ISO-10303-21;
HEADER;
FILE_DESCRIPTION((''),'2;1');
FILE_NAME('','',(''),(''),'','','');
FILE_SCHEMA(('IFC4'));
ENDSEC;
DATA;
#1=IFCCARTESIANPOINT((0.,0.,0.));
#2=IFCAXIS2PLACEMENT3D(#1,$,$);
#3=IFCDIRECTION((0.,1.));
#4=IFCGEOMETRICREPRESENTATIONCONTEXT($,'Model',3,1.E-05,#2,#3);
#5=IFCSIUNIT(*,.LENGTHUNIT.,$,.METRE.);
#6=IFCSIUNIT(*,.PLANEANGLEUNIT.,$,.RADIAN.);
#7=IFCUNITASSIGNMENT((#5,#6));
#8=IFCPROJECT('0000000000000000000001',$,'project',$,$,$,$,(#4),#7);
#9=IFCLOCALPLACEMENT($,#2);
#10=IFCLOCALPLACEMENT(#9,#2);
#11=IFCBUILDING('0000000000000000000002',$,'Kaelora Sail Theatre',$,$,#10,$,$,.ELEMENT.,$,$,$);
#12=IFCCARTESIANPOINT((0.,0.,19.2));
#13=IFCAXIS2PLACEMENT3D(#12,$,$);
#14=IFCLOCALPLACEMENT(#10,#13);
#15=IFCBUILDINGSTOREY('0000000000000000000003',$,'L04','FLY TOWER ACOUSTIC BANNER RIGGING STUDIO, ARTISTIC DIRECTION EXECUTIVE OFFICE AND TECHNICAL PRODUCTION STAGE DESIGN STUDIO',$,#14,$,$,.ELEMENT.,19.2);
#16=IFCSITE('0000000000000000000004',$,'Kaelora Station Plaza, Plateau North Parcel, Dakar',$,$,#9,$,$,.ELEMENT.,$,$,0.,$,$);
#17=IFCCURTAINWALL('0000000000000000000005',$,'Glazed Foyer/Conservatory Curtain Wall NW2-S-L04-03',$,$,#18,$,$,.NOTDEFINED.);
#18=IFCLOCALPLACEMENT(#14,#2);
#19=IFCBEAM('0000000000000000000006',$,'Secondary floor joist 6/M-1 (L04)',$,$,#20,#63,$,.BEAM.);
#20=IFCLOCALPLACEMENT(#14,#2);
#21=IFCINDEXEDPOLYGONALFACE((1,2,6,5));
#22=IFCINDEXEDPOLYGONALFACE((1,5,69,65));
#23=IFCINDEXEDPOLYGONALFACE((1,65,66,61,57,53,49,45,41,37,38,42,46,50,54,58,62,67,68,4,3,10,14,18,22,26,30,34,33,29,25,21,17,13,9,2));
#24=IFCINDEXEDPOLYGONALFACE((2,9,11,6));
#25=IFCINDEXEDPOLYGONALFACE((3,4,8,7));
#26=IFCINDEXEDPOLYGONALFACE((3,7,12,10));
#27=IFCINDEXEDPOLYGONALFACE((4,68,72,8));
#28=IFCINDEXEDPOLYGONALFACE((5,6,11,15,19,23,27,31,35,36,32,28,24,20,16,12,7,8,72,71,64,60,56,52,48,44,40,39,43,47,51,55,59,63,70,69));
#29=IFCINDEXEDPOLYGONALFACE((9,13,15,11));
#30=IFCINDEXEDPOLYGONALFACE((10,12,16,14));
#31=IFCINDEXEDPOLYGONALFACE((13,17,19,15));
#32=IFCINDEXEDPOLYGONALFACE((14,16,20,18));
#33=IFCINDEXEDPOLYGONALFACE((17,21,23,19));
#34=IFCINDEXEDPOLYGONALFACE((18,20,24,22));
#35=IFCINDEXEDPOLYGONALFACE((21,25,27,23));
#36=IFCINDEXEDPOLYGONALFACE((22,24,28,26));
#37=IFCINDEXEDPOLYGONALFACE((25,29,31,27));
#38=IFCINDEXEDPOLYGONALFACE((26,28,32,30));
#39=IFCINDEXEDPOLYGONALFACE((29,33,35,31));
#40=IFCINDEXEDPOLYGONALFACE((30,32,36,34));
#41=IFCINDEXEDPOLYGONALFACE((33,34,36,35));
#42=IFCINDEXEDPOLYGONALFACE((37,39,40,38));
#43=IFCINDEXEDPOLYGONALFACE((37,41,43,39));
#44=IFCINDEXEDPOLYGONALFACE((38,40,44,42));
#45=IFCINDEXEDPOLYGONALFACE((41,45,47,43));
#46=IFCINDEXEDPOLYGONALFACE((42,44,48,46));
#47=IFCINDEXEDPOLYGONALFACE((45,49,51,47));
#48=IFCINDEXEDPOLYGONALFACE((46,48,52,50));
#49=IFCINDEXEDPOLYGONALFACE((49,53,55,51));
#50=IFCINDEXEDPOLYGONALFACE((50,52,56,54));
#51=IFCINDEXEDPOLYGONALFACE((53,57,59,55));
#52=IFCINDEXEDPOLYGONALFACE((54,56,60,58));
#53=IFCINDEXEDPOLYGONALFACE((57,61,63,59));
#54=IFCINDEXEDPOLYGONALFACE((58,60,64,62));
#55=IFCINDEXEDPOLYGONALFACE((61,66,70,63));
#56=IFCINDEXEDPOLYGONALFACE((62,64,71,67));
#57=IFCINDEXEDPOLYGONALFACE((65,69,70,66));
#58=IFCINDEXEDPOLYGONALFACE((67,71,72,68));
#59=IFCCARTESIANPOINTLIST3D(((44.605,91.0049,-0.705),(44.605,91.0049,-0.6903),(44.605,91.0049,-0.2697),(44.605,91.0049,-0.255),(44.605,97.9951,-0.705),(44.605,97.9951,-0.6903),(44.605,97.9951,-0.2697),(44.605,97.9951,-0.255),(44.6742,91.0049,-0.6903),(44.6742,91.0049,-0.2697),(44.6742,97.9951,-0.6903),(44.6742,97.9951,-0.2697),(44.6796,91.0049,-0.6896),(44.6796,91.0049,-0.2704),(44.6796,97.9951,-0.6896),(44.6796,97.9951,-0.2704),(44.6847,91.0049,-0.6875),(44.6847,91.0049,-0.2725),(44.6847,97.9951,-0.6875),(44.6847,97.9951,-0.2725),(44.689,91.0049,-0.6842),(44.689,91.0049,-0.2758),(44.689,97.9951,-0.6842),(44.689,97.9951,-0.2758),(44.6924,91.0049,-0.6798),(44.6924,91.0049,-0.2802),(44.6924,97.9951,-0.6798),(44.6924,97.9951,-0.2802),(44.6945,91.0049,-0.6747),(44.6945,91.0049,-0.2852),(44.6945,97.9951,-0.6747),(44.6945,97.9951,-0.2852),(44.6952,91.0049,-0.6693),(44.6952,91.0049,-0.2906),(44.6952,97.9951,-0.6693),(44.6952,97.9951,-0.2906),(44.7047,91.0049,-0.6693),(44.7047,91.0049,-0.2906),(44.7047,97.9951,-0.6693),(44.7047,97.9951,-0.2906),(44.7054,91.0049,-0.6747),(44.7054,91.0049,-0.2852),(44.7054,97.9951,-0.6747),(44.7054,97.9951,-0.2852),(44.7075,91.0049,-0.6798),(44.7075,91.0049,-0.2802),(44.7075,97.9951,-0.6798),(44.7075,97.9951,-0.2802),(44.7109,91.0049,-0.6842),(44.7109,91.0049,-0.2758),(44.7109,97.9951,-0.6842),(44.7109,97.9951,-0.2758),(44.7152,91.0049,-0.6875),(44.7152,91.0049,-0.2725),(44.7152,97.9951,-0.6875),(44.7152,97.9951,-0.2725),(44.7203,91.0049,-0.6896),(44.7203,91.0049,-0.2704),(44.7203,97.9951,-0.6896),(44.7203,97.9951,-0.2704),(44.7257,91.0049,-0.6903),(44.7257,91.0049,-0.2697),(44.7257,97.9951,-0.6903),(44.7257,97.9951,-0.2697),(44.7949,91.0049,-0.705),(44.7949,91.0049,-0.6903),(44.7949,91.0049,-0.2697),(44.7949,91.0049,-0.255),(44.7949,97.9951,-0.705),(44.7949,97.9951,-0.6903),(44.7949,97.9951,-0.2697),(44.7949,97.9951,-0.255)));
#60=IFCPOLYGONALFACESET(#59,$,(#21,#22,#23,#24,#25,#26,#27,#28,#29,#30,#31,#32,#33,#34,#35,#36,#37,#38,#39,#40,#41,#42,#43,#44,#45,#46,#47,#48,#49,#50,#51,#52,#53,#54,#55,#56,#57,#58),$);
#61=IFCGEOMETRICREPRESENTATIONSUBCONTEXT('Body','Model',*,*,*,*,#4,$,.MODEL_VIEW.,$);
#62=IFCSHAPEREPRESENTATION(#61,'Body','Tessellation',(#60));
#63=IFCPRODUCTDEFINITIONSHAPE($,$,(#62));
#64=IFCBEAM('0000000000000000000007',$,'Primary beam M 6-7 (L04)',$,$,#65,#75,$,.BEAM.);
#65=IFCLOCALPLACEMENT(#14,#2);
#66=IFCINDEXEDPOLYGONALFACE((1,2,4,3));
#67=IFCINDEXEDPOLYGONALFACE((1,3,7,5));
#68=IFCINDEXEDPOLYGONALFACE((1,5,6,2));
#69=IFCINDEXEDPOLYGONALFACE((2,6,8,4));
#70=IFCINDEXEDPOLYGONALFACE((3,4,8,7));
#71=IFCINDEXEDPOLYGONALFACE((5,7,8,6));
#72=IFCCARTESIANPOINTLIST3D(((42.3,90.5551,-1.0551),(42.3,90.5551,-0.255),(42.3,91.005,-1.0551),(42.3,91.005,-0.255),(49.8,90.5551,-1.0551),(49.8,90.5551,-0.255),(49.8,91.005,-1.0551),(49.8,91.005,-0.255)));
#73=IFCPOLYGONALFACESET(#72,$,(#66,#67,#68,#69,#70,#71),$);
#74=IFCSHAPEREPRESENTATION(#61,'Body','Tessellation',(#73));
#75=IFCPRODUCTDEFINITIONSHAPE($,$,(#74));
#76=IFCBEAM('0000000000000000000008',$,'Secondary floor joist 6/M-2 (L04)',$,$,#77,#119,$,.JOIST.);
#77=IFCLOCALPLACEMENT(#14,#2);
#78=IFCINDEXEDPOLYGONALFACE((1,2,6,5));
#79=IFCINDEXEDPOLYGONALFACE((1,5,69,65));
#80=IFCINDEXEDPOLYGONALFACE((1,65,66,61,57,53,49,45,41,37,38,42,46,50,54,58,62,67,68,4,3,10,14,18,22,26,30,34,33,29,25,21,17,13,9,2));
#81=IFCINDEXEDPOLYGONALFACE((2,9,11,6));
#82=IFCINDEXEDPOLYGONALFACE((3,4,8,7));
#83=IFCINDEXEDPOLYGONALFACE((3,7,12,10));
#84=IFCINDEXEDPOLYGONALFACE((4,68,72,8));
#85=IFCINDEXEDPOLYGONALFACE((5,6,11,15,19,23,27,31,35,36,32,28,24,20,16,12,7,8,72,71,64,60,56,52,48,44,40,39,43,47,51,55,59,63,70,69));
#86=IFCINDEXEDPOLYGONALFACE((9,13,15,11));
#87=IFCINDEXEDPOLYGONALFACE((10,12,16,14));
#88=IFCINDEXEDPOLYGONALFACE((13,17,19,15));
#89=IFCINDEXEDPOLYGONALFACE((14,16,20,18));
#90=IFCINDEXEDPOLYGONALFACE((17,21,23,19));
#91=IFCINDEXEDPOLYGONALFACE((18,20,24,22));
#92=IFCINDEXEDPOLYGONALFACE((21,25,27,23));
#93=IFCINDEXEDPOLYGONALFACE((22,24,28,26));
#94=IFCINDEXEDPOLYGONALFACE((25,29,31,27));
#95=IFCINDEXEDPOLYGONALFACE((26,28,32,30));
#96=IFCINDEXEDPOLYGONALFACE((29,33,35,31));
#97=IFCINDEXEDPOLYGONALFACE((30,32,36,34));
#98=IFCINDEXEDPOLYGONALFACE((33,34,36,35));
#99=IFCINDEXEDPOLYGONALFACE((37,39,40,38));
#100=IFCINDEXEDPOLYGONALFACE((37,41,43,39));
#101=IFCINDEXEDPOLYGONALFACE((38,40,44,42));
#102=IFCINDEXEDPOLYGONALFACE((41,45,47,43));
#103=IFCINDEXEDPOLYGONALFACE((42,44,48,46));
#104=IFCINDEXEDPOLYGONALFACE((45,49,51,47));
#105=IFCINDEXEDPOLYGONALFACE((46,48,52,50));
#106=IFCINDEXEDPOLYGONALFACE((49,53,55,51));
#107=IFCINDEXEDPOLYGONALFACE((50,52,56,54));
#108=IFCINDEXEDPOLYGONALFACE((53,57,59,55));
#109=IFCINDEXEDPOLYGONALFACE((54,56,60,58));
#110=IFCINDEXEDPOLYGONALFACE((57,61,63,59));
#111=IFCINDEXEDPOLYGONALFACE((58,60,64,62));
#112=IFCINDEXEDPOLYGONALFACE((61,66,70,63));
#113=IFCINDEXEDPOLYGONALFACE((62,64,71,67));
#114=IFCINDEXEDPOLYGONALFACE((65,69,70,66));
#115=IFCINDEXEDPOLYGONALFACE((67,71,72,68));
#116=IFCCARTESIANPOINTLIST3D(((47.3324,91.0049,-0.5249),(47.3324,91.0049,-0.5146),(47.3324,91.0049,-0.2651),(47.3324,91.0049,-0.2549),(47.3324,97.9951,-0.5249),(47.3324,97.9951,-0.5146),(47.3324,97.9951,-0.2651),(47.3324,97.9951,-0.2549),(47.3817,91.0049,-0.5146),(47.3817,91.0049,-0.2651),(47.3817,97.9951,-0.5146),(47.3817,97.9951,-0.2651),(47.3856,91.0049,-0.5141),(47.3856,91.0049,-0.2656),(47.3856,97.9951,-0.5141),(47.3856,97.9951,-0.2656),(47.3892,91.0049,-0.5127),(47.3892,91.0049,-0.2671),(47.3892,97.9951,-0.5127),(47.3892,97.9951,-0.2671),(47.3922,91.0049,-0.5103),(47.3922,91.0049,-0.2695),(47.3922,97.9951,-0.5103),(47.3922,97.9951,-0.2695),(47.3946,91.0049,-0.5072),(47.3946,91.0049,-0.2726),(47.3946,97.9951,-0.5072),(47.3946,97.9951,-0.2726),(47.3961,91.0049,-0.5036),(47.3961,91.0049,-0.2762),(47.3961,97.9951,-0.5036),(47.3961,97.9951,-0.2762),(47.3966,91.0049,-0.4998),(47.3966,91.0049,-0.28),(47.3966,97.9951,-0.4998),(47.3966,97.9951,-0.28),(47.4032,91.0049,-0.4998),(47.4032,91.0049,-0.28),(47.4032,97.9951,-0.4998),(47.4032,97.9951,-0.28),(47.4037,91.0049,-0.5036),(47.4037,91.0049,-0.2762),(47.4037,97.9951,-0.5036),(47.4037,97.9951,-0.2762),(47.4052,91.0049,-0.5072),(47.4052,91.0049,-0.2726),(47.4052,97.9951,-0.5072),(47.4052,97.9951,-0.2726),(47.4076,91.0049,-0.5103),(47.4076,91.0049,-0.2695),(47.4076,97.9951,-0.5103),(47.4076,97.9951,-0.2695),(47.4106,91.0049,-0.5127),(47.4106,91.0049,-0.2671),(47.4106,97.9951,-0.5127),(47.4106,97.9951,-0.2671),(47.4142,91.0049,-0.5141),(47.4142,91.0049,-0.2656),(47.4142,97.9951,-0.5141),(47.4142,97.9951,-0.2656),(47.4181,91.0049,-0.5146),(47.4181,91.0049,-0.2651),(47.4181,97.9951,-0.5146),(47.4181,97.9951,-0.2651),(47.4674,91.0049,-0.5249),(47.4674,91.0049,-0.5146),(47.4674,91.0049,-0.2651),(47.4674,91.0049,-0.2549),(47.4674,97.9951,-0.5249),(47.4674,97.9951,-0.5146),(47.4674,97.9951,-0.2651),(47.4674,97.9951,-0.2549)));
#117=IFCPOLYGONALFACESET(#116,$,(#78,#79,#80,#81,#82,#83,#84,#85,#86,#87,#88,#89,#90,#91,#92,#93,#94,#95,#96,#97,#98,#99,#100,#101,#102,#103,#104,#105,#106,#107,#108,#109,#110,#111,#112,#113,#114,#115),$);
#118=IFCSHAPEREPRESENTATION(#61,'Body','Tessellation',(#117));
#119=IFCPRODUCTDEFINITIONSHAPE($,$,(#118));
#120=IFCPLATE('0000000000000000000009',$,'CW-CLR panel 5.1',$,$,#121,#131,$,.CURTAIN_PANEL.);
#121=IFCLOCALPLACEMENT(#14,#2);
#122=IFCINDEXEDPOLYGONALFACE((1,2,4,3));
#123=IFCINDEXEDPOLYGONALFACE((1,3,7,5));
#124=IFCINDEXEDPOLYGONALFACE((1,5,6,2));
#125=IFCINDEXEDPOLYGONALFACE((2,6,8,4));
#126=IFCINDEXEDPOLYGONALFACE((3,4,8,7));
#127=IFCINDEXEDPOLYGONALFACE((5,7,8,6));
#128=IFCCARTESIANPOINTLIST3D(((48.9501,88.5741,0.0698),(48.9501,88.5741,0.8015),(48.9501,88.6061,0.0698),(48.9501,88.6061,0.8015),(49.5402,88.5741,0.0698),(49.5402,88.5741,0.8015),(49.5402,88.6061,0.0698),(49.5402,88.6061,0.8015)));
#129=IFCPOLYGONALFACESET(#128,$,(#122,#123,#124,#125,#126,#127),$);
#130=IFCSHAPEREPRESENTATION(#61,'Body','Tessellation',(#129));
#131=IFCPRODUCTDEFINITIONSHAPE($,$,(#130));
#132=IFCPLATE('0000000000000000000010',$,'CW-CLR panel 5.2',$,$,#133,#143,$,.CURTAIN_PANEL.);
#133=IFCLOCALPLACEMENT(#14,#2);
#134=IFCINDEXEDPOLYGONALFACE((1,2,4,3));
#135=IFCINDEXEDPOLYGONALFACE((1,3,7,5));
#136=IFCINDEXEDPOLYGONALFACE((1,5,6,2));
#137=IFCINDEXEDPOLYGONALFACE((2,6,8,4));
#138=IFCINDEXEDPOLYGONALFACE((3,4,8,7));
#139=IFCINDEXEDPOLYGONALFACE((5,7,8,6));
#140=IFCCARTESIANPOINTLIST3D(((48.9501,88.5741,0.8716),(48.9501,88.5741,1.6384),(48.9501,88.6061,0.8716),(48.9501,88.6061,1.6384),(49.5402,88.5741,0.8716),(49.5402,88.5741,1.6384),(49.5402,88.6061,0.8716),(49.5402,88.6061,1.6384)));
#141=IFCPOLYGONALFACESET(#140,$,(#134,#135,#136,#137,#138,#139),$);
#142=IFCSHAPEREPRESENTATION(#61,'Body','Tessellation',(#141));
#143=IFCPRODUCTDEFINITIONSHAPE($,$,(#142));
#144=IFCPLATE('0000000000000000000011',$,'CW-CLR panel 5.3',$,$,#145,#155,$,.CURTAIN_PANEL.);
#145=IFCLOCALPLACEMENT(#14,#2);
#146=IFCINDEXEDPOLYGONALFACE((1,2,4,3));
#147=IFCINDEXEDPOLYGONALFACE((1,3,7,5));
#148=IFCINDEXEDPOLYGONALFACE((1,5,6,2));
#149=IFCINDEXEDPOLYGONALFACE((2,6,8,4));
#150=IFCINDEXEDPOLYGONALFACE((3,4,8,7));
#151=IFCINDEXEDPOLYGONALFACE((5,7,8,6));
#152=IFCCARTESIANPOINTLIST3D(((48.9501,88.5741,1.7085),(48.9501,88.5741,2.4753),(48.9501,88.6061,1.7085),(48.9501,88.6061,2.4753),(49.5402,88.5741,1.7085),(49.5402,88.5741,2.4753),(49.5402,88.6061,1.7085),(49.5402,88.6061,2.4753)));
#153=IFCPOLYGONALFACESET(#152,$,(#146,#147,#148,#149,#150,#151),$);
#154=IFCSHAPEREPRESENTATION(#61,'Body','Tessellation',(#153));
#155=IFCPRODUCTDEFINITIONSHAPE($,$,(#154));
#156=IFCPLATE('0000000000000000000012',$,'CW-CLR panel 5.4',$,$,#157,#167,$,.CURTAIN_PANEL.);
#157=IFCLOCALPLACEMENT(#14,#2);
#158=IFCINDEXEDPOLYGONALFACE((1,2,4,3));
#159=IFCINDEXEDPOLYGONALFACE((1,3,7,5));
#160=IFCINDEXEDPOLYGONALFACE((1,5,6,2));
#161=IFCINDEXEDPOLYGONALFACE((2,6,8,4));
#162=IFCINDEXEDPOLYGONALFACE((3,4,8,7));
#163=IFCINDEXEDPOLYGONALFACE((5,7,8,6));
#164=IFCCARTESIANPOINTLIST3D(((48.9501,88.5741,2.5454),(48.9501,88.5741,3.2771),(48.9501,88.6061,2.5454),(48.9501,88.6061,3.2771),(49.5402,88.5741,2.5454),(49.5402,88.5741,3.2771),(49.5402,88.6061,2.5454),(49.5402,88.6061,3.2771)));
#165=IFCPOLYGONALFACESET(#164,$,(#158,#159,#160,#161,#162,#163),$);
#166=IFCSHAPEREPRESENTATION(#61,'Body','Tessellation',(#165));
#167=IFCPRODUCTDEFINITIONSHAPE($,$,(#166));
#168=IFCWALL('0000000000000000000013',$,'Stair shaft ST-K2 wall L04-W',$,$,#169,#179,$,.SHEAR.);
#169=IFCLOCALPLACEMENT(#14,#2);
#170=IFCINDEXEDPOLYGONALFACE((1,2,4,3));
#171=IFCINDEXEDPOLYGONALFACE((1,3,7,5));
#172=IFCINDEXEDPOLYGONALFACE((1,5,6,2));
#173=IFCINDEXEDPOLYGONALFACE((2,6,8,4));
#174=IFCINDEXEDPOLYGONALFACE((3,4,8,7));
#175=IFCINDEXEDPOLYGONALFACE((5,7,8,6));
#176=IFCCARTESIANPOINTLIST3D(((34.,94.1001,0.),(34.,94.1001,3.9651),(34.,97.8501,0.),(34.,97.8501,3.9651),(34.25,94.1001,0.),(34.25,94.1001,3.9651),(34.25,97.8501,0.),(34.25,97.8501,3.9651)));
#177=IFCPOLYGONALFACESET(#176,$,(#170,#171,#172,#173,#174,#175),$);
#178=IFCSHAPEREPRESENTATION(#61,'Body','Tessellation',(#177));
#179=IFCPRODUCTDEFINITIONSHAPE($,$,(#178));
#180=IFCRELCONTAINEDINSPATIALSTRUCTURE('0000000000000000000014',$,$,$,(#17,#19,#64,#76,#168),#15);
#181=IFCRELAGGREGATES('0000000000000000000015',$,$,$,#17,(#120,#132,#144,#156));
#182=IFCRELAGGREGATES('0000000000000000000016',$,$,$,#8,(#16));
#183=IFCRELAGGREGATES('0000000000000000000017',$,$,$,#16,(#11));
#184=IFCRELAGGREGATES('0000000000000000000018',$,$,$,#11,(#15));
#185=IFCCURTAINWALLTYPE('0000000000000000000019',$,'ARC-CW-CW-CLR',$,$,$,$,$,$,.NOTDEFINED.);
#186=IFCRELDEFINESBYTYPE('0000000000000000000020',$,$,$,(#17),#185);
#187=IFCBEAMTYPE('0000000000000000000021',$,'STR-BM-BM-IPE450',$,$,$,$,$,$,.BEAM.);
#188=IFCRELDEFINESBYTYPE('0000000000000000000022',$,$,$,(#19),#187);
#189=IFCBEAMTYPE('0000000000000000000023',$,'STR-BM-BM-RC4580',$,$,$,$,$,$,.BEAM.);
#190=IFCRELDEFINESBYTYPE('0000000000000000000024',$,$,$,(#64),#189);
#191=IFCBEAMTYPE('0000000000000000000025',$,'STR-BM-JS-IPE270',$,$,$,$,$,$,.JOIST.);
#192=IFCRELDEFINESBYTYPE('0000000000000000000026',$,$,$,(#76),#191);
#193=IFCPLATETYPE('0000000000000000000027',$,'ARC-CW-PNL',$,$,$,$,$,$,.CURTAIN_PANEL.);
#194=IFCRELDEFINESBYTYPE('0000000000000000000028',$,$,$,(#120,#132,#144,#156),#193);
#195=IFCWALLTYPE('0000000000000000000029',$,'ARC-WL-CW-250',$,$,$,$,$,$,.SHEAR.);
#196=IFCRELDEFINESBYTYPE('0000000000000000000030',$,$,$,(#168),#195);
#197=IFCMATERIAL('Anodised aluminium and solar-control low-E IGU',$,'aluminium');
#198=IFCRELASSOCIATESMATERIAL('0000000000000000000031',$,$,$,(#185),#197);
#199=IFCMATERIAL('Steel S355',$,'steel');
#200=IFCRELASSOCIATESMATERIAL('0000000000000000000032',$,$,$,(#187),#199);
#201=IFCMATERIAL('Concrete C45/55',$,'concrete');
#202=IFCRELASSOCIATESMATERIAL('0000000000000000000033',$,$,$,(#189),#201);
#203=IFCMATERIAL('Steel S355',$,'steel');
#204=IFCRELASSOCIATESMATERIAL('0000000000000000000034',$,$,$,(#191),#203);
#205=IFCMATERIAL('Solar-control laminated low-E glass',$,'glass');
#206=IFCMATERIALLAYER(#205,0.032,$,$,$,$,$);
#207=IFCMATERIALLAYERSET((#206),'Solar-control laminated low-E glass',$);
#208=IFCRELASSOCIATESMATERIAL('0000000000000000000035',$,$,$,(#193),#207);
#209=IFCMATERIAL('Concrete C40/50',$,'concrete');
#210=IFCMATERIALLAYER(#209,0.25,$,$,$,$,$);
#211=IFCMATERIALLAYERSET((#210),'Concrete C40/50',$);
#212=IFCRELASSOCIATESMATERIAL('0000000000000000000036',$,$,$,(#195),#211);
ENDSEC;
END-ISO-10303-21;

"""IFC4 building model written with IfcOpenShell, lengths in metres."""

from ifc_helpers import new_model, si_unit, direction, frame, frame_2d, origin, origin_2d, place, context, subcontext, project, spatial, rectangle, i_section, extrude, material, layer, layer_set, material_profile, profile_set, type_object, element, aggregate, save


model = new_model("IFC4")

# Units and contexts
model_context = context("Model", 3, precision=1e-05, world=origin(), true_north=direction((0.0, 1.0)))
body_context = subcontext(model_context, "Body", "Model", "MODEL_VIEW")
ifc_project = project(units=[si_unit("LENGTHUNIT", "METRE"), si_unit("PLANEANGLEUNIT", "RADIAN")], contexts=[model_context])

# Site, building, storey
site_placement = place(None, origin())
site = spatial("IfcSite", under=ifc_project, at=site_placement, Name="Kaelora Station Plaza, Plateau North Parcel, Dakar", CompositionType="ELEMENT", RefElevation=0.0)
building_placement = place(site_placement, origin())
building = spatial("IfcBuilding", under=site, at=building_placement, Name="Kaelora Sail Theatre", CompositionType="ELEMENT")
storey_placement = place(building_placement, frame((0.0, 0.0, 19.2)))
storey = spatial("IfcBuildingStorey", under=building, at=storey_placement, Name="L04", Description="FLY TOWER ACOUSTIC BANNER RIGGING STUDIO, ARTISTIC DIRECTION EXECUTIVE OFFICE AND TECHNICAL PRODUCTION STAGE DESIGN STUDIO", CompositionType="ELEMENT", Elevation=19.2)

# Curtain wall
ifc_material_1 = material(Name="Anodised aluminium and solar-control low-E IGU", Category="aluminium")
curtain_wall_type = type_object("IfcCurtainWallType", Name="ARC-CW-CW-CLR", PredefinedType="NOTDEFINED", material=ifc_material_1)
curtain_wall_placement = place(storey_placement, origin())
curtain_wall = element("IfcCurtainWall", 1, at=curtain_wall_placement, inside=storey, type_object=curtain_wall_type, Name="Glazed Foyer/Conservatory Curtain Wall NW2-S-L04-03", PredefinedType="NOTDEFINED")

# Beams
ifc_material_2 = material(Name="Steel S355", Category="steel")
ifc_material_profile_1 = material_profile(ifc_material_2, i_section(OverallWidth=0.1899, OverallDepth=0.45, WebThickness=0.0095, FlangeThickness=0.0146, FilletRadius=0.021, at=origin_2d()), Name="IPE 450")
ifc_profile_set_1 = profile_set([ifc_material_profile_1], Name="Steel S355")
beam_type_1 = type_object("IfcBeamType", Name="STR-BM-BM-IPE450", PredefinedType="BEAM", material=ifc_profile_set_1)
beam_1_placement = place(storey_placement, frame((44.7, 91.0049, -0.48), z_axis=(0.0, 1.0, 0.0), x_axis=(-1.0, 0.0, 0.0)))
element("IfcBeam", 2, at=beam_1_placement, inside=storey, type_object=beam_type_1, Name="Secondary floor joist 6/M-1 (L04)", PredefinedType="BEAM", context=body_context, shape_type="SweptSolid", body=[
    extrude(i_section(OverallWidth=0.1899, OverallDepth=0.45, WebThickness=0.0095, FlangeThickness=0.0146, FilletRadius=0.021, at=origin_2d()), origin(), (0.0, 0.0, 1.0), 6.9902),
])
ifc_material_3 = material(Name="Concrete C45/55", Category="concrete")
ifc_material_profile_2 = material_profile(ifc_material_3, rectangle(XDim=0.45, YDim=0.8, at=origin_2d()), Name="RC-BM 450x800")
ifc_profile_set_2 = profile_set([ifc_material_profile_2], Name="Concrete C45/55")
beam_type_2 = type_object("IfcBeamType", Name="STR-BM-BM-RC4580", PredefinedType="BEAM", material=ifc_profile_set_2)
beam_2_placement = place(storey_placement, frame((42.3, 90.78, -0.655), z_axis=(1.0, 0.0, 0.0), x_axis=(0.0, 1.0, 0.0)))
element("IfcBeam", 3, at=beam_2_placement, inside=storey, type_object=beam_type_2, Name="Primary beam M 6-7 (L04)", PredefinedType="BEAM", context=body_context, shape_type="SweptSolid", body=[
    extrude(rectangle(XDim=0.45, YDim=0.8, at=origin_2d()), origin(), (0.0, 0.0, 1.0), 7.5),
])
ifc_material_4 = material(Name="Steel S355", Category="steel")
ifc_material_profile_3 = material_profile(ifc_material_4, i_section(OverallWidth=0.135, OverallDepth=0.27, WebThickness=0.0066, FlangeThickness=0.0103, FilletRadius=0.0149, at=origin_2d()), Name="IPE 270")
ifc_profile_set_3 = profile_set([ifc_material_profile_3], Name="Steel S355")
beam_type_3 = type_object("IfcBeamType", Name="STR-BM-JS-IPE270", PredefinedType="JOIST", material=ifc_profile_set_3)
beam_3_placement = place(storey_placement, frame((47.3999, 91.0049, -0.3899), z_axis=(0.0, 1.0, 0.0), x_axis=(-1.0, 0.0, 0.0)))
element("IfcBeam", 4, at=beam_3_placement, inside=storey, type_object=beam_type_3, Name="Secondary floor joist 6/M-2 (L04)", PredefinedType="JOIST", context=body_context, shape_type="SweptSolid", body=[
    extrude(i_section(OverallWidth=0.135, OverallDepth=0.27, WebThickness=0.0066, FlangeThickness=0.0103, FilletRadius=0.0149, at=origin_2d()), origin(), (0.0, 0.0, 1.0), 6.9902),
])

# Plates
ifc_material_5 = material(Name="Solar-control laminated low-E glass", Category="glass")
ifc_layer_1 = layer(ifc_material_5, 0.032)
ifc_layer_set_1 = layer_set([ifc_layer_1], Name="Solar-control laminated low-E glass")
plate_type = type_object("IfcPlateType", Name="ARC-CW-PNL", PredefinedType="CURTAIN_PANEL", material=ifc_layer_set_1)
plate_1_placement = place(storey_placement, frame((49.2451, 88.5901, 0.0698), z_axis=(0.0, 0.0, 1.0), x_axis=(1.0, 0.0, 0.0)))
plate_1 = element("IfcPlate", 5, at=plate_1_placement, type_object=plate_type, Name="CW-CLR panel 5.1", PredefinedType="CURTAIN_PANEL", context=body_context, shape_type="SweptSolid", body=[
    extrude(rectangle(XDim=0.5901, YDim=0.032, at=origin_2d()), origin(), (0.0, 0.0, 1.0), 0.7317),
])
plate_2_placement = place(storey_placement, frame((49.2451, 88.5901, 0.8716), z_axis=(0.0, 0.0, 1.0), x_axis=(1.0, 0.0, 0.0)))
plate_2 = element("IfcPlate", 6, at=plate_2_placement, type_object=plate_type, Name="CW-CLR panel 5.2", PredefinedType="CURTAIN_PANEL", context=body_context, shape_type="SweptSolid", body=[
    extrude(rectangle(XDim=0.5901, YDim=0.032, at=origin_2d()), origin(), (0.0, 0.0, 1.0), 0.7668),
])
plate_3_placement = place(storey_placement, frame((49.2451, 88.5901, 1.7085), z_axis=(0.0, 0.0, 1.0), x_axis=(1.0, 0.0, 0.0)))
plate_3 = element("IfcPlate", 7, at=plate_3_placement, type_object=plate_type, Name="CW-CLR panel 5.3", PredefinedType="CURTAIN_PANEL", context=body_context, shape_type="SweptSolid", body=[
    extrude(rectangle(XDim=0.5901, YDim=0.032, at=origin_2d()), origin(), (0.0, 0.0, 1.0), 0.7668),
])
plate_4_placement = place(storey_placement, frame((49.2451, 88.5901, 2.5454), z_axis=(0.0, 0.0, 1.0), x_axis=(1.0, 0.0, 0.0)))
plate_4 = element("IfcPlate", 8, at=plate_4_placement, type_object=plate_type, Name="CW-CLR panel 5.4", PredefinedType="CURTAIN_PANEL", context=body_context, shape_type="SweptSolid", body=[
    extrude(rectangle(XDim=0.5901, YDim=0.032, at=origin_2d()), origin(), (0.0, 0.0, 1.0), 0.7317),
])
aggregate(curtain_wall, [plate_1, plate_2, plate_3, plate_4])

# Wall
ifc_material_6 = material(Name="Concrete C40/50", Category="concrete")
ifc_layer_2 = layer(ifc_material_6, 0.25)
ifc_layer_set_2 = layer_set([ifc_layer_2], Name="Concrete C40/50")
wall_type_1 = type_object("IfcWallType", Name="ARC-WL-CW-250", PredefinedType="SHEAR", material=ifc_layer_set_2)
wall_1_placement = place(storey_placement, frame((34.125, 94.1001, 0.0), z_axis=(0.0, 0.0, 1.0), x_axis=(0.0, 1.0, 0.0)))
element("IfcWall", 9, at=wall_1_placement, inside=storey, type_object=wall_type_1, Name="Stair shaft ST-K2 wall L04-W", PredefinedType="SHEAR", context=body_context, shape_type="SweptSolid", body=[
    extrude(rectangle(XDim=3.75, YDim=0.25, at=frame_2d((1.875, 0.0))), origin(), (0.0, 0.0, 1.0), 3.9651),
])

save(model, "model.ifc")
